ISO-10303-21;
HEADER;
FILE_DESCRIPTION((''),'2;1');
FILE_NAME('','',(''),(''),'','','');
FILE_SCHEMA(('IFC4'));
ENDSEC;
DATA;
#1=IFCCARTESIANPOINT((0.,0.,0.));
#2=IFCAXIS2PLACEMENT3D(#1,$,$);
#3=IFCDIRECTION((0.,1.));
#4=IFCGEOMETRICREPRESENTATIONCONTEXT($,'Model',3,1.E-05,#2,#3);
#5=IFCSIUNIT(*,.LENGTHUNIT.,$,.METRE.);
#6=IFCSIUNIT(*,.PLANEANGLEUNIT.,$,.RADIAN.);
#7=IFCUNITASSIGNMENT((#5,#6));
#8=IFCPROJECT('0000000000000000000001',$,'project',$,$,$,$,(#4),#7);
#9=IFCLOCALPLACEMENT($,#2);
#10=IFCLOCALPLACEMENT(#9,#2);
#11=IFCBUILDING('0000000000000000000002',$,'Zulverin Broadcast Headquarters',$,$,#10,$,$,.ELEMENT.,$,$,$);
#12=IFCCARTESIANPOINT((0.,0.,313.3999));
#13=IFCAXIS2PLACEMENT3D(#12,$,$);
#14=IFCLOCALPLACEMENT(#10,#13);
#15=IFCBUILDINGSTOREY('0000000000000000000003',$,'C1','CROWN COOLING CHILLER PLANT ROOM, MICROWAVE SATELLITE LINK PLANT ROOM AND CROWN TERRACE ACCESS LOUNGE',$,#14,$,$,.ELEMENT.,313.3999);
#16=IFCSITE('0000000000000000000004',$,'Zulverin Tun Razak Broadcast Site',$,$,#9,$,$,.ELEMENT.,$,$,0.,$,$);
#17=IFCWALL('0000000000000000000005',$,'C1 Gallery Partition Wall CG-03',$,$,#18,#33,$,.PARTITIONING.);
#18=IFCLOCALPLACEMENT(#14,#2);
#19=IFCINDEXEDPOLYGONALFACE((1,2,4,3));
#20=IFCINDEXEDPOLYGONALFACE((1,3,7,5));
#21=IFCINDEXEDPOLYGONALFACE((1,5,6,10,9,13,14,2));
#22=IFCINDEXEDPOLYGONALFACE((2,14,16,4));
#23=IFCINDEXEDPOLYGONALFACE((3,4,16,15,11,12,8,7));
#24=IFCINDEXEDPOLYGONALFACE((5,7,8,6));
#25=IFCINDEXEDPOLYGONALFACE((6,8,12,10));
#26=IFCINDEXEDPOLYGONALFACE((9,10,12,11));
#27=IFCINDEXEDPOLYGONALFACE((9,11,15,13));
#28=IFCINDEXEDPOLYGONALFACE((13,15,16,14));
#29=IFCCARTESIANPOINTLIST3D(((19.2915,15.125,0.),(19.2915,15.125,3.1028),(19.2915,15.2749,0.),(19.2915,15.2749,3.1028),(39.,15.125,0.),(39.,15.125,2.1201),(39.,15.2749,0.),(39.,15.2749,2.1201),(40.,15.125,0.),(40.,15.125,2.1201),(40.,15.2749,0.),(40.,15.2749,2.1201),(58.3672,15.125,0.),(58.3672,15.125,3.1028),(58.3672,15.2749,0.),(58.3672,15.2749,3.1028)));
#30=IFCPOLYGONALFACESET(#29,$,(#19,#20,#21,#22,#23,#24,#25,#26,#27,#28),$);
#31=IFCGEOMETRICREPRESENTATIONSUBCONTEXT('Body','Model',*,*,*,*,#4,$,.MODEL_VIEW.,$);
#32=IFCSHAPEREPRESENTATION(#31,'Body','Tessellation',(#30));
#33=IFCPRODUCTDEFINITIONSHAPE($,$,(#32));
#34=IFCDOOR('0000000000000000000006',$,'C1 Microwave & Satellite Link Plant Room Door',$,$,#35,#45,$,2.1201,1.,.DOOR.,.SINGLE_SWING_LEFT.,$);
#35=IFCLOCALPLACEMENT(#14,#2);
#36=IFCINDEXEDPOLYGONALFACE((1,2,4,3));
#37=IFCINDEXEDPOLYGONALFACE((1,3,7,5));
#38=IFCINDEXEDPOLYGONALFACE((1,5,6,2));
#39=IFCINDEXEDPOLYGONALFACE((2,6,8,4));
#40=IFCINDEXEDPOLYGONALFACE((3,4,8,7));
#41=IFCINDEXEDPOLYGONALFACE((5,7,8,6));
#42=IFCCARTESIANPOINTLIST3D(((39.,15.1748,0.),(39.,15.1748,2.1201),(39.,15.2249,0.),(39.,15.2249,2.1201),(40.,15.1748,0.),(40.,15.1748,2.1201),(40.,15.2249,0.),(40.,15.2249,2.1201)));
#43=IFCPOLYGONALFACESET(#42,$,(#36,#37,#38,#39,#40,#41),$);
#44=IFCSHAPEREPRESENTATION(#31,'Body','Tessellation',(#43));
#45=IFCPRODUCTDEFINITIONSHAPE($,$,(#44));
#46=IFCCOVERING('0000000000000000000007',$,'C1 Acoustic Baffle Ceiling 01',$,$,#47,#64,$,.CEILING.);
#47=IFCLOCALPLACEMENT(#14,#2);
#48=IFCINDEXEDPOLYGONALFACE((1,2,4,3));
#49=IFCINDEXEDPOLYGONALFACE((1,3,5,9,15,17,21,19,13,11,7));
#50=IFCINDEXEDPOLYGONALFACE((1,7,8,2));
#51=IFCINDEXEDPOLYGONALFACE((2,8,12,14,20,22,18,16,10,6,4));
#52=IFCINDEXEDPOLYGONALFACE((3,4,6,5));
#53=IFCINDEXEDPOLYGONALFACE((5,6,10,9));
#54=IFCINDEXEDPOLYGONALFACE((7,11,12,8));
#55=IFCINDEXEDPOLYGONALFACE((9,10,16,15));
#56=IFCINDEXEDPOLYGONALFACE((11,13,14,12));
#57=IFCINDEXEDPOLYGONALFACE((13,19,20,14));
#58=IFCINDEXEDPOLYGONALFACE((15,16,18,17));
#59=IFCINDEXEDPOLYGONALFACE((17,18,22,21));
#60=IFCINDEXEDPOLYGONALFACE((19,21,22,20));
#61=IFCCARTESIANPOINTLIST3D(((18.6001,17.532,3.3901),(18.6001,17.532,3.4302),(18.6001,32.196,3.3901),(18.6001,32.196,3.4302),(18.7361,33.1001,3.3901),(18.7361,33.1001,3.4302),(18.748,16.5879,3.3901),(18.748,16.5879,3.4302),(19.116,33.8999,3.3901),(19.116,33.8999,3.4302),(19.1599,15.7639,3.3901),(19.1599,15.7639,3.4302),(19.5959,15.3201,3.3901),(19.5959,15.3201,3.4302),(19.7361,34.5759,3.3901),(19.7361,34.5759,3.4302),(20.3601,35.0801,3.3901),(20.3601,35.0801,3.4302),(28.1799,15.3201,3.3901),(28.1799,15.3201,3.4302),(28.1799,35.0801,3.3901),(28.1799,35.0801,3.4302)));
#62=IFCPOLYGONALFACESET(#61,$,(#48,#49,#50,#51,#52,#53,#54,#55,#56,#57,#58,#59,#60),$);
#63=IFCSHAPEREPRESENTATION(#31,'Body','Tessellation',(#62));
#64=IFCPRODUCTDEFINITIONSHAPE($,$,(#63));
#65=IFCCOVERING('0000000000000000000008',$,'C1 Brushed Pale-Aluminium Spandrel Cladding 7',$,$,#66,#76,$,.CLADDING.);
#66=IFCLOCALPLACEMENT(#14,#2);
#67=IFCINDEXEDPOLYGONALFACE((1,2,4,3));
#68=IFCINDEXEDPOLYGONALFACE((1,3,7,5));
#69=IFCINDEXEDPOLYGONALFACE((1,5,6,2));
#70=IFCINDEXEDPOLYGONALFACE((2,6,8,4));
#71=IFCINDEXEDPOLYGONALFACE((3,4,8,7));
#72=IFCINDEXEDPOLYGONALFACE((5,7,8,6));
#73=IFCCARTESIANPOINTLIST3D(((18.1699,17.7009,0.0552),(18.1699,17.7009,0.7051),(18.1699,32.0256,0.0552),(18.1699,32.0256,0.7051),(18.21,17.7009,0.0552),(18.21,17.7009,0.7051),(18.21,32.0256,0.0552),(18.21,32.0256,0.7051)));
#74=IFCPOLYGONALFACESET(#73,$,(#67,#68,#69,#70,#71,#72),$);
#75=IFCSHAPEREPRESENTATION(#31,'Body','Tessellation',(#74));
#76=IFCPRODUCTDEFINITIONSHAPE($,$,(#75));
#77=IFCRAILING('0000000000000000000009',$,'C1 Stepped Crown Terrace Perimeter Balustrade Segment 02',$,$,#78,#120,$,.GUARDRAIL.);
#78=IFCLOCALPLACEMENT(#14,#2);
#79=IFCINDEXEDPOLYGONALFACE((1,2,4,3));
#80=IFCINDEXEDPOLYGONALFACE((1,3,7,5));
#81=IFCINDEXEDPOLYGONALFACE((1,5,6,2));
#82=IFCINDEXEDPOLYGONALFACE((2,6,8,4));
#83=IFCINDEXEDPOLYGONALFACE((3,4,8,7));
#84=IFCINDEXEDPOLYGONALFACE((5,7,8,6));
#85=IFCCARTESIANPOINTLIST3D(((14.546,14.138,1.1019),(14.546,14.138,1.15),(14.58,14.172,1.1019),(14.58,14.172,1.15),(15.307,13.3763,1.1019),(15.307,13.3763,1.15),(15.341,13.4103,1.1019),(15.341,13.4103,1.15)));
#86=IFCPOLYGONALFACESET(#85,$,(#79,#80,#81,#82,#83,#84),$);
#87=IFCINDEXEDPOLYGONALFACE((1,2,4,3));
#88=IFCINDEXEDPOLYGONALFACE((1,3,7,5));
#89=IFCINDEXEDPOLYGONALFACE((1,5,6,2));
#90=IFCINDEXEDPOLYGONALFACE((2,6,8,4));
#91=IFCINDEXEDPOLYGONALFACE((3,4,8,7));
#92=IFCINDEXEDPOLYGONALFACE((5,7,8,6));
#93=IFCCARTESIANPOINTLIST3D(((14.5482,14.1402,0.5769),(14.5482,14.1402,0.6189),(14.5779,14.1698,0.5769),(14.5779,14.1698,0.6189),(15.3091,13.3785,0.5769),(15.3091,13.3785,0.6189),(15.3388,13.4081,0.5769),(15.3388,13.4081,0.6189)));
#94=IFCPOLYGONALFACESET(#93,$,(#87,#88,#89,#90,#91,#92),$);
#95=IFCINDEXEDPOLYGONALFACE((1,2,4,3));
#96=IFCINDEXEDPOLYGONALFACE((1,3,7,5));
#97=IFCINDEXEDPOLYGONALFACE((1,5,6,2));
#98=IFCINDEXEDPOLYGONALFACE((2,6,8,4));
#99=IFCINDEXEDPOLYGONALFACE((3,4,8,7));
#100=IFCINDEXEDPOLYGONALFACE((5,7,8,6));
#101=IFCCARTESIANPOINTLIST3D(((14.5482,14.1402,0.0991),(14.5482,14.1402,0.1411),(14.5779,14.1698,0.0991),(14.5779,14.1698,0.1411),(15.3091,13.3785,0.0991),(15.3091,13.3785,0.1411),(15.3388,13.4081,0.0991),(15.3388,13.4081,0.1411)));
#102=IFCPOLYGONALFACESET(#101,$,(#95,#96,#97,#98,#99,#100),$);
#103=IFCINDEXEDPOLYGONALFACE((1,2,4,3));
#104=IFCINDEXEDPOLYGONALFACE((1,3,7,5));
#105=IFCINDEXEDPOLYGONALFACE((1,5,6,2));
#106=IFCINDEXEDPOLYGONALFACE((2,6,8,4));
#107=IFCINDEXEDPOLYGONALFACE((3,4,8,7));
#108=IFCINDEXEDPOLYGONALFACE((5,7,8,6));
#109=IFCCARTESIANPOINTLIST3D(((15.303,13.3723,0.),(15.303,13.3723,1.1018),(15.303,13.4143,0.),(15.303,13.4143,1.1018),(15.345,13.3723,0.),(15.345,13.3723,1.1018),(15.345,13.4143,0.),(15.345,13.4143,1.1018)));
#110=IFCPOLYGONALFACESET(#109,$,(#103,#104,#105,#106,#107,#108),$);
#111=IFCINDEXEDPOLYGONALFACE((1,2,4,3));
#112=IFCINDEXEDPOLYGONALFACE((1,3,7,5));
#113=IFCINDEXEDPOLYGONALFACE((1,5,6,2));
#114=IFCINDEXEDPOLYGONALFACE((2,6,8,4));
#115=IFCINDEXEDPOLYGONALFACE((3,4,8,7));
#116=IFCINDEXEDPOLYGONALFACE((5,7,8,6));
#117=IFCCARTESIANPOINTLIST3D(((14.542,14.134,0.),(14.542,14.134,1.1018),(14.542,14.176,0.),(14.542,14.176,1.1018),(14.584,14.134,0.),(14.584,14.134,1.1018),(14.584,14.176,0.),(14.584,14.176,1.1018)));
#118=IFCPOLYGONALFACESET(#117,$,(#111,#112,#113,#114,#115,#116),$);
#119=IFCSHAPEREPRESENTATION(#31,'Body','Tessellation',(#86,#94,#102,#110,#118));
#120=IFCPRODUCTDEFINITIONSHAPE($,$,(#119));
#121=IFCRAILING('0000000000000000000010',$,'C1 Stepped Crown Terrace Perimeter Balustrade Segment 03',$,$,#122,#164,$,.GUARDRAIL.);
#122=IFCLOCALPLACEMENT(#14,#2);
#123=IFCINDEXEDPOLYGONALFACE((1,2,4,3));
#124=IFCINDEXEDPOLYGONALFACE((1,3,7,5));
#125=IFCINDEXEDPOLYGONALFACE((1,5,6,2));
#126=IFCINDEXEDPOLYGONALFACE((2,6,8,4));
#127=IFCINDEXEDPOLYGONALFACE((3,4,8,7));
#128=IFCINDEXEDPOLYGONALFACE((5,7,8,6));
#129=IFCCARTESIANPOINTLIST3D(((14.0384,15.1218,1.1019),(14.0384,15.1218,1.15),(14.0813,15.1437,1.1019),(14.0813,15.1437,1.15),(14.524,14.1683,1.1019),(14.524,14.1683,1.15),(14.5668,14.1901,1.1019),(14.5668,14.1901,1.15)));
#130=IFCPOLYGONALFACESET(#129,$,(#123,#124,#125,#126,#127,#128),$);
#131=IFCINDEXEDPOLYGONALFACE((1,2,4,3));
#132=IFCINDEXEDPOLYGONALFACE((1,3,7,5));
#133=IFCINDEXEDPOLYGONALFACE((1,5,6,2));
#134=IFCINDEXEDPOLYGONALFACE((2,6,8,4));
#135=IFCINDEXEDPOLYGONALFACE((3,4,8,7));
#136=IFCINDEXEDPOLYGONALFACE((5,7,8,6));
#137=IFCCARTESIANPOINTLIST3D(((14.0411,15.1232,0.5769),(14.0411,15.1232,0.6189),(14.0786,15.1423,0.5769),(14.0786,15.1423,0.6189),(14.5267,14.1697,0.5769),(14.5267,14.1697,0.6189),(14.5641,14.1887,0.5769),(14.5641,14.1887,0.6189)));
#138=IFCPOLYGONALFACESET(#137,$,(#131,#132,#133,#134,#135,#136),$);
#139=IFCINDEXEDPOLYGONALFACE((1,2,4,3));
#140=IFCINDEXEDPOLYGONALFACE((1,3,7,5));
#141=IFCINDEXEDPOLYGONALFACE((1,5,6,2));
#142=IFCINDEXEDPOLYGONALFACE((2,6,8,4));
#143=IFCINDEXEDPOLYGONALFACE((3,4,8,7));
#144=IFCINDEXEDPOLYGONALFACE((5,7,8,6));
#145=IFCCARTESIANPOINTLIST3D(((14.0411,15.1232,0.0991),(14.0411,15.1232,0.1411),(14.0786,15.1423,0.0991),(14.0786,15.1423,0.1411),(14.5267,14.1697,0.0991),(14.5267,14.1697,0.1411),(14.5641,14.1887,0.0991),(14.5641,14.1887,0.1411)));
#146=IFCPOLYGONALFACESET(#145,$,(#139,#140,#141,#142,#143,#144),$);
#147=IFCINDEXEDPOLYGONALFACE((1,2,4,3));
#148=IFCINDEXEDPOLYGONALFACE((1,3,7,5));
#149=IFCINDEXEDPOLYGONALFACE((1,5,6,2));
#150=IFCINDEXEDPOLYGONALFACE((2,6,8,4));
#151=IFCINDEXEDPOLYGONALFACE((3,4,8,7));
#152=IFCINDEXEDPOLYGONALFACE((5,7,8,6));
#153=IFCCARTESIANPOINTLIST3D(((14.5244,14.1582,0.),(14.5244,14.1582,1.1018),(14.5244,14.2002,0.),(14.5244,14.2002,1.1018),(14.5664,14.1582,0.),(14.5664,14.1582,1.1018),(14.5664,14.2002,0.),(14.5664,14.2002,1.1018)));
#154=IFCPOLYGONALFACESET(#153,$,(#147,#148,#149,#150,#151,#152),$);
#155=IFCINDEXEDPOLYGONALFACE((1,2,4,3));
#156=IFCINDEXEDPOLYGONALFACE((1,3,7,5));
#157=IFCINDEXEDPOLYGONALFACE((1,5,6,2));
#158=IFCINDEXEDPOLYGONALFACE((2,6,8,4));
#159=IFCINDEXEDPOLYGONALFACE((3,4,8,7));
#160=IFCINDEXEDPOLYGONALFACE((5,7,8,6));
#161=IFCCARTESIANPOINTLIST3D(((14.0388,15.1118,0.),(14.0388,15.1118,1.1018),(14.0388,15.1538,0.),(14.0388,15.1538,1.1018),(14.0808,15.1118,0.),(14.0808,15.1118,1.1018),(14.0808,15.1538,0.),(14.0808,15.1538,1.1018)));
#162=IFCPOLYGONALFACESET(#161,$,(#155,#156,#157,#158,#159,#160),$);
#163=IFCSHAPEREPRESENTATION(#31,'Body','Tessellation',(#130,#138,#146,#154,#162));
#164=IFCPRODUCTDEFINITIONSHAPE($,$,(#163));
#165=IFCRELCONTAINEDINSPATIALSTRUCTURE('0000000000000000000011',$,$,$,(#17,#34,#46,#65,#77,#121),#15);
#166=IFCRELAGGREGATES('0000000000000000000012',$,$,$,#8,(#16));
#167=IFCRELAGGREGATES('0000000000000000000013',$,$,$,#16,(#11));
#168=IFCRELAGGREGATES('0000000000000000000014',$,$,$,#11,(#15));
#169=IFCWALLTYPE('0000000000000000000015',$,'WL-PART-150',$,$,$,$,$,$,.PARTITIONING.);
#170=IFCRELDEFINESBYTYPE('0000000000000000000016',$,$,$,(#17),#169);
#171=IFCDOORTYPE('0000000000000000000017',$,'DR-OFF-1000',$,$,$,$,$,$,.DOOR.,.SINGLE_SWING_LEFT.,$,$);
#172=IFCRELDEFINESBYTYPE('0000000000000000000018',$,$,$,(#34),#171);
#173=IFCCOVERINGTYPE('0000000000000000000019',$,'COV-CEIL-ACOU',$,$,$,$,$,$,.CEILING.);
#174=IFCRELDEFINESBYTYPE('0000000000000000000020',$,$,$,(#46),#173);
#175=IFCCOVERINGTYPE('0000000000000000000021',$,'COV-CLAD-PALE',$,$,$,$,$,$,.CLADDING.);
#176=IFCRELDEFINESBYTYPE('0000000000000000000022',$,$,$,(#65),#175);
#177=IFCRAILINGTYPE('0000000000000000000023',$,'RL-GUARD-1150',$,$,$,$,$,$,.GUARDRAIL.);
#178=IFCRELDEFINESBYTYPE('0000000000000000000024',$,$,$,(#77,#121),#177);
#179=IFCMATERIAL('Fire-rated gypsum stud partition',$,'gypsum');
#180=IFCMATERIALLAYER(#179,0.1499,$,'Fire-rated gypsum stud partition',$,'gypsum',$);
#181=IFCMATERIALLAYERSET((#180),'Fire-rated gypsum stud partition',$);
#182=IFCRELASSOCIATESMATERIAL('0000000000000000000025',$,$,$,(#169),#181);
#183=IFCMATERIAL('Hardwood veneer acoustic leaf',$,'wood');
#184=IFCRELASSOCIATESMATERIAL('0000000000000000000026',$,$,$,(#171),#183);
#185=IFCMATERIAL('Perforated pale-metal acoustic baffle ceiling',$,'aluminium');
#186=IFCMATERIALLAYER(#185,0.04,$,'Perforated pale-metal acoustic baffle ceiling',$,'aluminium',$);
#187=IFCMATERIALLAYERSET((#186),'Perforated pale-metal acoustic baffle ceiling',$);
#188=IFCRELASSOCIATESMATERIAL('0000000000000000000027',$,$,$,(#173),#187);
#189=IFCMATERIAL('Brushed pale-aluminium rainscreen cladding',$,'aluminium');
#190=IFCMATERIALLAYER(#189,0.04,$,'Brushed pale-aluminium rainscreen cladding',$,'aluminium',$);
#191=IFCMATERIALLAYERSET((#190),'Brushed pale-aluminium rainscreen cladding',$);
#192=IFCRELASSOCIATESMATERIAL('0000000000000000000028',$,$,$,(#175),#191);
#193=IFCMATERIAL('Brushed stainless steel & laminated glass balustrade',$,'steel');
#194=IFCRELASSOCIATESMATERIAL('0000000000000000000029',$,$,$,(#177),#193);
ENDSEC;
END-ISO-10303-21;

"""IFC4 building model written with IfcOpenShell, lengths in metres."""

from ifc_helpers import new_model, si_unit, direction, frame, frame_2d, origin, origin_2d, place, context, subcontext, project, spatial, polyline, rectangle, outline, extrude, material, layer, layer_set, type_object, element, fill, save


model = new_model("IFC4")

# Units and contexts
model_context = context("Model", 3, precision=1e-05, world=origin(), true_north=direction((0.0, 1.0)))
body_context = subcontext(model_context, "Body", "Model", "MODEL_VIEW")
ifc_project = project(units=[si_unit("LENGTHUNIT", "METRE"), si_unit("PLANEANGLEUNIT", "RADIAN")], contexts=[model_context])

# Site, building, storey
site_placement = place(None, origin())
site = spatial("IfcSite", under=ifc_project, at=site_placement, Name="Zulverin Tun Razak Broadcast Site", CompositionType="ELEMENT", RefElevation=0.0)
building_placement = place(site_placement, origin())
building = spatial("IfcBuilding", under=site, at=building_placement, Name="Zulverin Broadcast Headquarters", CompositionType="ELEMENT")
storey_placement = place(building_placement, frame((0.0, 0.0, 313.3999)))
storey = spatial("IfcBuildingStorey", under=building, at=storey_placement, Name="C1", Description="CROWN COOLING CHILLER PLANT ROOM, MICROWAVE SATELLITE LINK PLANT ROOM AND CROWN TERRACE ACCESS LOUNGE", CompositionType="ELEMENT", Elevation=313.3999)

# Wall, opening, door
ifc_material_1 = material(Name="Fire-rated gypsum stud partition", Category="gypsum")
ifc_layer_1 = layer(ifc_material_1, 0.1499, Name="Fire-rated gypsum stud partition", Category="gypsum")
ifc_layer_set_1 = layer_set([ifc_layer_1], Name="Fire-rated gypsum stud partition")
wall_type_1 = type_object("IfcWallType", Name="WL-PART-150", PredefinedType="PARTITIONING", material=ifc_layer_set_1)
wall_1_placement = place(storey_placement, frame((19.2915, 15.2, 0.0), z_axis=(0.0, 0.0, 1.0), x_axis=(1.0, 0.0, 0.0)))
wall_1 = element("IfcWall", 1, at=wall_1_placement, inside=storey, type_object=wall_type_1, Name="C1 Gallery Partition Wall CG-03", PredefinedType="PARTITIONING", context=body_context, shape_type="SweptSolid", body=[
    extrude(rectangle(XDim=39.0757, YDim=0.1499, at=frame_2d((19.5378, 0.0))), origin(), (0.0, 0.0, 1.0), 3.1028),
])
opening_1_placement = place(wall_1_placement, frame((19.7085, 0.0, 0.0)))
opening_1 = element("IfcOpeningElement", 2, at=opening_1_placement, cuts=wall_1, PredefinedType="OPENING", context=body_context, shape_type="SweptSolid", body=[
    extrude(rectangle(XDim=1.0, YDim=2.1201, at=frame_2d((0.5, 1.0601))), frame((0.0, 0.085, 0.0), z_axis=(0.0, -1.0, 0.0), x_axis=(1.0, 0.0, 0.0)), (0.0, 0.0, 1.0), 0.1699),
])
ifc_material_2 = material(Name="Hardwood veneer acoustic leaf", Category="wood")
door_type = type_object("IfcDoorType", Name="DR-OFF-1000", OperationType="SINGLE_SWING_LEFT", PredefinedType="DOOR", material=ifc_material_2)
door_placement = place(opening_1_placement, origin())
door = element("IfcDoor", 3, at=door_placement, inside=storey, type_object=door_type, Name="C1 Microwave & Satellite Link Plant Room Door", OperationType="SINGLE_SWING_LEFT", OverallHeight=2.1201, OverallWidth=1.0, PredefinedType="DOOR", context=body_context, shape_type="SweptSolid", body=[
    extrude(rectangle(XDim=1.0, YDim=2.1201, at=frame_2d((0.5, 1.0601))), frame((0.0, 0.0249, 0.0), z_axis=(0.0, -1.0, 0.0), x_axis=(1.0, 0.0, 0.0)), (0.0, 0.0, 1.0), 0.05),
])
fill(opening_1, door)

# Coverings
ifc_material_3 = material(Name="Perforated pale-metal acoustic baffle ceiling", Category="aluminium")
ifc_layer_2 = layer(ifc_material_3, 0.04, Name="Perforated pale-metal acoustic baffle ceiling", Category="aluminium")
ifc_layer_set_2 = layer_set([ifc_layer_2], Name="Perforated pale-metal acoustic baffle ceiling")
covering_type_1 = type_object("IfcCoveringType", Name="COV-CEIL-ACOU", PredefinedType="CEILING", material=ifc_layer_set_2)
covering_1_placement = place(storey_placement, frame((0.0, 0.0, 3.3901)))
element("IfcCovering", 4, at=covering_1_placement, inside=storey, type_object=covering_type_1, Name="C1 Acoustic Baffle Ceiling 01", PredefinedType="CEILING", context=body_context, shape_type="SweptSolid", body=[
    extrude(outline(polyline([(18.7361, 33.1001), (18.6001, 32.196), (18.6001, 17.532), (18.748, 16.5879), (19.1599, 15.7639), (19.5959, 15.3201), (28.1799, 15.3201), (28.1799, 35.0801), (20.3601, 35.0801), (19.7361, 34.5759), (19.116, 33.8999), (18.7361, 33.1001)])), origin(), (0.0, 0.0, 1.0), 0.04),
])
ifc_material_4 = material(Name="Brushed pale-aluminium rainscreen cladding", Category="aluminium")
ifc_layer_3 = layer(ifc_material_4, 0.04, Name="Brushed pale-aluminium rainscreen cladding", Category="aluminium")
ifc_layer_set_3 = layer_set([ifc_layer_3], Name="Brushed pale-aluminium rainscreen cladding")
covering_type_2 = type_object("IfcCoveringType", Name="COV-CLAD-PALE", PredefinedType="CLADDING", material=ifc_layer_set_3)
covering_2_placement = place(storey_placement, frame((18.1899, 24.8633, 0.0552), z_axis=(0.0, 0.0, 1.0), x_axis=(0.0, -1.0, 0.0)))
element("IfcCovering", 5, at=covering_2_placement, inside=storey, type_object=covering_type_2, Name="C1 Brushed Pale-Aluminium Spandrel Cladding 7", PredefinedType="CLADDING", context=body_context, shape_type="SweptSolid", body=[
    extrude(rectangle(XDim=14.3247, YDim=0.04, at=origin_2d()), origin(), (0.0, 0.0, 1.0), 0.6499),
])

# Railings
ifc_material_5 = material(Name="Brushed stainless steel & laminated glass balustrade", Category="steel")
railing_type = type_object("IfcRailingType", Name="RL-GUARD-1150", PredefinedType="GUARDRAIL", material=ifc_material_5)
railing_1_placement = place(storey_placement, frame((15.324, 13.3933, 0.0)))
element("IfcRailing", 6, at=railing_1_placement, inside=storey, type_object=railing_type, Name="C1 Stepped Crown Terrace Perimeter Balustrade Segment 02", PredefinedType="GUARDRAIL", context=body_context, shape_type="SweptSolid", body=[
    extrude(rectangle(XDim=0.0481, YDim=0.0481, at=origin_2d()), frame((0.0, 0.0, 1.126), z_axis=(-0.706767, 0.707447, 0.0), x_axis=(-0.707447, -0.706767, 0.0)), (0.0, 0.0, 1.0), 1.0767),
    extrude(rectangle(XDim=0.042, YDim=0.042, at=origin_2d()), frame((0.0, 0.0, 0.5979), z_axis=(-0.706767, 0.707447, 0.0), x_axis=(-0.707447, -0.706767, 0.0)), (0.0, 0.0, 1.0), 1.0767),
    extrude(rectangle(XDim=0.042, YDim=0.042, at=origin_2d()), frame((0.0, 0.0, 0.1201), z_axis=(-0.706767, 0.707447, 0.0), x_axis=(-0.707447, -0.706767, 0.0)), (0.0, 0.0, 1.0), 1.0767),
    extrude(rectangle(XDim=0.042, YDim=0.042, at=origin_2d()), origin(), (0.0, 0.0, 1.0), 1.1018),
    extrude(rectangle(XDim=0.042, YDim=0.042, at=origin_2d()), frame((-0.761, 0.7617, 0.0)), (0.0, 0.0, 1.0), 1.1018),
])
railing_2_placement = place(storey_placement, frame((14.5454, 14.1792, 0.0)))
element("IfcRailing", 7, at=railing_2_placement, inside=storey, type_object=railing_type, Name="C1 Stepped Crown Terrace Perimeter Balustrade Segment 03", PredefinedType="GUARDRAIL", context=body_context, shape_type="SweptSolid", body=[
    extrude(rectangle(XDim=0.0481, YDim=0.0481, at=origin_2d()), frame((0.0, 0.0, 1.126), z_axis=(-0.453772, 0.891118, 0.0), x_axis=(-0.891118, -0.453772, 0.0)), (0.0, 0.0, 1.0), 1.0701),
    extrude(rectangle(XDim=0.042, YDim=0.042, at=origin_2d()), frame((0.0, 0.0, 0.5979), z_axis=(-0.453772, 0.891118, 0.0), x_axis=(-0.891118, -0.453772, 0.0)), (0.0, 0.0, 1.0), 1.0701),
    extrude(rectangle(XDim=0.042, YDim=0.042, at=origin_2d()), frame((0.0, 0.0, 0.1201), z_axis=(-0.453772, 0.891118, 0.0), x_axis=(-0.891118, -0.453772, 0.0)), (0.0, 0.0, 1.0), 1.0701),
    extrude(rectangle(XDim=0.042, YDim=0.042, at=origin_2d()), origin(), (0.0, 0.0, 1.0), 1.1018),
    extrude(rectangle(XDim=0.042, YDim=0.042, at=origin_2d()), frame((-0.4856, 0.9536, 0.0)), (0.0, 0.0, 1.0), 1.1018),
])

save(model, "model.ifc")
